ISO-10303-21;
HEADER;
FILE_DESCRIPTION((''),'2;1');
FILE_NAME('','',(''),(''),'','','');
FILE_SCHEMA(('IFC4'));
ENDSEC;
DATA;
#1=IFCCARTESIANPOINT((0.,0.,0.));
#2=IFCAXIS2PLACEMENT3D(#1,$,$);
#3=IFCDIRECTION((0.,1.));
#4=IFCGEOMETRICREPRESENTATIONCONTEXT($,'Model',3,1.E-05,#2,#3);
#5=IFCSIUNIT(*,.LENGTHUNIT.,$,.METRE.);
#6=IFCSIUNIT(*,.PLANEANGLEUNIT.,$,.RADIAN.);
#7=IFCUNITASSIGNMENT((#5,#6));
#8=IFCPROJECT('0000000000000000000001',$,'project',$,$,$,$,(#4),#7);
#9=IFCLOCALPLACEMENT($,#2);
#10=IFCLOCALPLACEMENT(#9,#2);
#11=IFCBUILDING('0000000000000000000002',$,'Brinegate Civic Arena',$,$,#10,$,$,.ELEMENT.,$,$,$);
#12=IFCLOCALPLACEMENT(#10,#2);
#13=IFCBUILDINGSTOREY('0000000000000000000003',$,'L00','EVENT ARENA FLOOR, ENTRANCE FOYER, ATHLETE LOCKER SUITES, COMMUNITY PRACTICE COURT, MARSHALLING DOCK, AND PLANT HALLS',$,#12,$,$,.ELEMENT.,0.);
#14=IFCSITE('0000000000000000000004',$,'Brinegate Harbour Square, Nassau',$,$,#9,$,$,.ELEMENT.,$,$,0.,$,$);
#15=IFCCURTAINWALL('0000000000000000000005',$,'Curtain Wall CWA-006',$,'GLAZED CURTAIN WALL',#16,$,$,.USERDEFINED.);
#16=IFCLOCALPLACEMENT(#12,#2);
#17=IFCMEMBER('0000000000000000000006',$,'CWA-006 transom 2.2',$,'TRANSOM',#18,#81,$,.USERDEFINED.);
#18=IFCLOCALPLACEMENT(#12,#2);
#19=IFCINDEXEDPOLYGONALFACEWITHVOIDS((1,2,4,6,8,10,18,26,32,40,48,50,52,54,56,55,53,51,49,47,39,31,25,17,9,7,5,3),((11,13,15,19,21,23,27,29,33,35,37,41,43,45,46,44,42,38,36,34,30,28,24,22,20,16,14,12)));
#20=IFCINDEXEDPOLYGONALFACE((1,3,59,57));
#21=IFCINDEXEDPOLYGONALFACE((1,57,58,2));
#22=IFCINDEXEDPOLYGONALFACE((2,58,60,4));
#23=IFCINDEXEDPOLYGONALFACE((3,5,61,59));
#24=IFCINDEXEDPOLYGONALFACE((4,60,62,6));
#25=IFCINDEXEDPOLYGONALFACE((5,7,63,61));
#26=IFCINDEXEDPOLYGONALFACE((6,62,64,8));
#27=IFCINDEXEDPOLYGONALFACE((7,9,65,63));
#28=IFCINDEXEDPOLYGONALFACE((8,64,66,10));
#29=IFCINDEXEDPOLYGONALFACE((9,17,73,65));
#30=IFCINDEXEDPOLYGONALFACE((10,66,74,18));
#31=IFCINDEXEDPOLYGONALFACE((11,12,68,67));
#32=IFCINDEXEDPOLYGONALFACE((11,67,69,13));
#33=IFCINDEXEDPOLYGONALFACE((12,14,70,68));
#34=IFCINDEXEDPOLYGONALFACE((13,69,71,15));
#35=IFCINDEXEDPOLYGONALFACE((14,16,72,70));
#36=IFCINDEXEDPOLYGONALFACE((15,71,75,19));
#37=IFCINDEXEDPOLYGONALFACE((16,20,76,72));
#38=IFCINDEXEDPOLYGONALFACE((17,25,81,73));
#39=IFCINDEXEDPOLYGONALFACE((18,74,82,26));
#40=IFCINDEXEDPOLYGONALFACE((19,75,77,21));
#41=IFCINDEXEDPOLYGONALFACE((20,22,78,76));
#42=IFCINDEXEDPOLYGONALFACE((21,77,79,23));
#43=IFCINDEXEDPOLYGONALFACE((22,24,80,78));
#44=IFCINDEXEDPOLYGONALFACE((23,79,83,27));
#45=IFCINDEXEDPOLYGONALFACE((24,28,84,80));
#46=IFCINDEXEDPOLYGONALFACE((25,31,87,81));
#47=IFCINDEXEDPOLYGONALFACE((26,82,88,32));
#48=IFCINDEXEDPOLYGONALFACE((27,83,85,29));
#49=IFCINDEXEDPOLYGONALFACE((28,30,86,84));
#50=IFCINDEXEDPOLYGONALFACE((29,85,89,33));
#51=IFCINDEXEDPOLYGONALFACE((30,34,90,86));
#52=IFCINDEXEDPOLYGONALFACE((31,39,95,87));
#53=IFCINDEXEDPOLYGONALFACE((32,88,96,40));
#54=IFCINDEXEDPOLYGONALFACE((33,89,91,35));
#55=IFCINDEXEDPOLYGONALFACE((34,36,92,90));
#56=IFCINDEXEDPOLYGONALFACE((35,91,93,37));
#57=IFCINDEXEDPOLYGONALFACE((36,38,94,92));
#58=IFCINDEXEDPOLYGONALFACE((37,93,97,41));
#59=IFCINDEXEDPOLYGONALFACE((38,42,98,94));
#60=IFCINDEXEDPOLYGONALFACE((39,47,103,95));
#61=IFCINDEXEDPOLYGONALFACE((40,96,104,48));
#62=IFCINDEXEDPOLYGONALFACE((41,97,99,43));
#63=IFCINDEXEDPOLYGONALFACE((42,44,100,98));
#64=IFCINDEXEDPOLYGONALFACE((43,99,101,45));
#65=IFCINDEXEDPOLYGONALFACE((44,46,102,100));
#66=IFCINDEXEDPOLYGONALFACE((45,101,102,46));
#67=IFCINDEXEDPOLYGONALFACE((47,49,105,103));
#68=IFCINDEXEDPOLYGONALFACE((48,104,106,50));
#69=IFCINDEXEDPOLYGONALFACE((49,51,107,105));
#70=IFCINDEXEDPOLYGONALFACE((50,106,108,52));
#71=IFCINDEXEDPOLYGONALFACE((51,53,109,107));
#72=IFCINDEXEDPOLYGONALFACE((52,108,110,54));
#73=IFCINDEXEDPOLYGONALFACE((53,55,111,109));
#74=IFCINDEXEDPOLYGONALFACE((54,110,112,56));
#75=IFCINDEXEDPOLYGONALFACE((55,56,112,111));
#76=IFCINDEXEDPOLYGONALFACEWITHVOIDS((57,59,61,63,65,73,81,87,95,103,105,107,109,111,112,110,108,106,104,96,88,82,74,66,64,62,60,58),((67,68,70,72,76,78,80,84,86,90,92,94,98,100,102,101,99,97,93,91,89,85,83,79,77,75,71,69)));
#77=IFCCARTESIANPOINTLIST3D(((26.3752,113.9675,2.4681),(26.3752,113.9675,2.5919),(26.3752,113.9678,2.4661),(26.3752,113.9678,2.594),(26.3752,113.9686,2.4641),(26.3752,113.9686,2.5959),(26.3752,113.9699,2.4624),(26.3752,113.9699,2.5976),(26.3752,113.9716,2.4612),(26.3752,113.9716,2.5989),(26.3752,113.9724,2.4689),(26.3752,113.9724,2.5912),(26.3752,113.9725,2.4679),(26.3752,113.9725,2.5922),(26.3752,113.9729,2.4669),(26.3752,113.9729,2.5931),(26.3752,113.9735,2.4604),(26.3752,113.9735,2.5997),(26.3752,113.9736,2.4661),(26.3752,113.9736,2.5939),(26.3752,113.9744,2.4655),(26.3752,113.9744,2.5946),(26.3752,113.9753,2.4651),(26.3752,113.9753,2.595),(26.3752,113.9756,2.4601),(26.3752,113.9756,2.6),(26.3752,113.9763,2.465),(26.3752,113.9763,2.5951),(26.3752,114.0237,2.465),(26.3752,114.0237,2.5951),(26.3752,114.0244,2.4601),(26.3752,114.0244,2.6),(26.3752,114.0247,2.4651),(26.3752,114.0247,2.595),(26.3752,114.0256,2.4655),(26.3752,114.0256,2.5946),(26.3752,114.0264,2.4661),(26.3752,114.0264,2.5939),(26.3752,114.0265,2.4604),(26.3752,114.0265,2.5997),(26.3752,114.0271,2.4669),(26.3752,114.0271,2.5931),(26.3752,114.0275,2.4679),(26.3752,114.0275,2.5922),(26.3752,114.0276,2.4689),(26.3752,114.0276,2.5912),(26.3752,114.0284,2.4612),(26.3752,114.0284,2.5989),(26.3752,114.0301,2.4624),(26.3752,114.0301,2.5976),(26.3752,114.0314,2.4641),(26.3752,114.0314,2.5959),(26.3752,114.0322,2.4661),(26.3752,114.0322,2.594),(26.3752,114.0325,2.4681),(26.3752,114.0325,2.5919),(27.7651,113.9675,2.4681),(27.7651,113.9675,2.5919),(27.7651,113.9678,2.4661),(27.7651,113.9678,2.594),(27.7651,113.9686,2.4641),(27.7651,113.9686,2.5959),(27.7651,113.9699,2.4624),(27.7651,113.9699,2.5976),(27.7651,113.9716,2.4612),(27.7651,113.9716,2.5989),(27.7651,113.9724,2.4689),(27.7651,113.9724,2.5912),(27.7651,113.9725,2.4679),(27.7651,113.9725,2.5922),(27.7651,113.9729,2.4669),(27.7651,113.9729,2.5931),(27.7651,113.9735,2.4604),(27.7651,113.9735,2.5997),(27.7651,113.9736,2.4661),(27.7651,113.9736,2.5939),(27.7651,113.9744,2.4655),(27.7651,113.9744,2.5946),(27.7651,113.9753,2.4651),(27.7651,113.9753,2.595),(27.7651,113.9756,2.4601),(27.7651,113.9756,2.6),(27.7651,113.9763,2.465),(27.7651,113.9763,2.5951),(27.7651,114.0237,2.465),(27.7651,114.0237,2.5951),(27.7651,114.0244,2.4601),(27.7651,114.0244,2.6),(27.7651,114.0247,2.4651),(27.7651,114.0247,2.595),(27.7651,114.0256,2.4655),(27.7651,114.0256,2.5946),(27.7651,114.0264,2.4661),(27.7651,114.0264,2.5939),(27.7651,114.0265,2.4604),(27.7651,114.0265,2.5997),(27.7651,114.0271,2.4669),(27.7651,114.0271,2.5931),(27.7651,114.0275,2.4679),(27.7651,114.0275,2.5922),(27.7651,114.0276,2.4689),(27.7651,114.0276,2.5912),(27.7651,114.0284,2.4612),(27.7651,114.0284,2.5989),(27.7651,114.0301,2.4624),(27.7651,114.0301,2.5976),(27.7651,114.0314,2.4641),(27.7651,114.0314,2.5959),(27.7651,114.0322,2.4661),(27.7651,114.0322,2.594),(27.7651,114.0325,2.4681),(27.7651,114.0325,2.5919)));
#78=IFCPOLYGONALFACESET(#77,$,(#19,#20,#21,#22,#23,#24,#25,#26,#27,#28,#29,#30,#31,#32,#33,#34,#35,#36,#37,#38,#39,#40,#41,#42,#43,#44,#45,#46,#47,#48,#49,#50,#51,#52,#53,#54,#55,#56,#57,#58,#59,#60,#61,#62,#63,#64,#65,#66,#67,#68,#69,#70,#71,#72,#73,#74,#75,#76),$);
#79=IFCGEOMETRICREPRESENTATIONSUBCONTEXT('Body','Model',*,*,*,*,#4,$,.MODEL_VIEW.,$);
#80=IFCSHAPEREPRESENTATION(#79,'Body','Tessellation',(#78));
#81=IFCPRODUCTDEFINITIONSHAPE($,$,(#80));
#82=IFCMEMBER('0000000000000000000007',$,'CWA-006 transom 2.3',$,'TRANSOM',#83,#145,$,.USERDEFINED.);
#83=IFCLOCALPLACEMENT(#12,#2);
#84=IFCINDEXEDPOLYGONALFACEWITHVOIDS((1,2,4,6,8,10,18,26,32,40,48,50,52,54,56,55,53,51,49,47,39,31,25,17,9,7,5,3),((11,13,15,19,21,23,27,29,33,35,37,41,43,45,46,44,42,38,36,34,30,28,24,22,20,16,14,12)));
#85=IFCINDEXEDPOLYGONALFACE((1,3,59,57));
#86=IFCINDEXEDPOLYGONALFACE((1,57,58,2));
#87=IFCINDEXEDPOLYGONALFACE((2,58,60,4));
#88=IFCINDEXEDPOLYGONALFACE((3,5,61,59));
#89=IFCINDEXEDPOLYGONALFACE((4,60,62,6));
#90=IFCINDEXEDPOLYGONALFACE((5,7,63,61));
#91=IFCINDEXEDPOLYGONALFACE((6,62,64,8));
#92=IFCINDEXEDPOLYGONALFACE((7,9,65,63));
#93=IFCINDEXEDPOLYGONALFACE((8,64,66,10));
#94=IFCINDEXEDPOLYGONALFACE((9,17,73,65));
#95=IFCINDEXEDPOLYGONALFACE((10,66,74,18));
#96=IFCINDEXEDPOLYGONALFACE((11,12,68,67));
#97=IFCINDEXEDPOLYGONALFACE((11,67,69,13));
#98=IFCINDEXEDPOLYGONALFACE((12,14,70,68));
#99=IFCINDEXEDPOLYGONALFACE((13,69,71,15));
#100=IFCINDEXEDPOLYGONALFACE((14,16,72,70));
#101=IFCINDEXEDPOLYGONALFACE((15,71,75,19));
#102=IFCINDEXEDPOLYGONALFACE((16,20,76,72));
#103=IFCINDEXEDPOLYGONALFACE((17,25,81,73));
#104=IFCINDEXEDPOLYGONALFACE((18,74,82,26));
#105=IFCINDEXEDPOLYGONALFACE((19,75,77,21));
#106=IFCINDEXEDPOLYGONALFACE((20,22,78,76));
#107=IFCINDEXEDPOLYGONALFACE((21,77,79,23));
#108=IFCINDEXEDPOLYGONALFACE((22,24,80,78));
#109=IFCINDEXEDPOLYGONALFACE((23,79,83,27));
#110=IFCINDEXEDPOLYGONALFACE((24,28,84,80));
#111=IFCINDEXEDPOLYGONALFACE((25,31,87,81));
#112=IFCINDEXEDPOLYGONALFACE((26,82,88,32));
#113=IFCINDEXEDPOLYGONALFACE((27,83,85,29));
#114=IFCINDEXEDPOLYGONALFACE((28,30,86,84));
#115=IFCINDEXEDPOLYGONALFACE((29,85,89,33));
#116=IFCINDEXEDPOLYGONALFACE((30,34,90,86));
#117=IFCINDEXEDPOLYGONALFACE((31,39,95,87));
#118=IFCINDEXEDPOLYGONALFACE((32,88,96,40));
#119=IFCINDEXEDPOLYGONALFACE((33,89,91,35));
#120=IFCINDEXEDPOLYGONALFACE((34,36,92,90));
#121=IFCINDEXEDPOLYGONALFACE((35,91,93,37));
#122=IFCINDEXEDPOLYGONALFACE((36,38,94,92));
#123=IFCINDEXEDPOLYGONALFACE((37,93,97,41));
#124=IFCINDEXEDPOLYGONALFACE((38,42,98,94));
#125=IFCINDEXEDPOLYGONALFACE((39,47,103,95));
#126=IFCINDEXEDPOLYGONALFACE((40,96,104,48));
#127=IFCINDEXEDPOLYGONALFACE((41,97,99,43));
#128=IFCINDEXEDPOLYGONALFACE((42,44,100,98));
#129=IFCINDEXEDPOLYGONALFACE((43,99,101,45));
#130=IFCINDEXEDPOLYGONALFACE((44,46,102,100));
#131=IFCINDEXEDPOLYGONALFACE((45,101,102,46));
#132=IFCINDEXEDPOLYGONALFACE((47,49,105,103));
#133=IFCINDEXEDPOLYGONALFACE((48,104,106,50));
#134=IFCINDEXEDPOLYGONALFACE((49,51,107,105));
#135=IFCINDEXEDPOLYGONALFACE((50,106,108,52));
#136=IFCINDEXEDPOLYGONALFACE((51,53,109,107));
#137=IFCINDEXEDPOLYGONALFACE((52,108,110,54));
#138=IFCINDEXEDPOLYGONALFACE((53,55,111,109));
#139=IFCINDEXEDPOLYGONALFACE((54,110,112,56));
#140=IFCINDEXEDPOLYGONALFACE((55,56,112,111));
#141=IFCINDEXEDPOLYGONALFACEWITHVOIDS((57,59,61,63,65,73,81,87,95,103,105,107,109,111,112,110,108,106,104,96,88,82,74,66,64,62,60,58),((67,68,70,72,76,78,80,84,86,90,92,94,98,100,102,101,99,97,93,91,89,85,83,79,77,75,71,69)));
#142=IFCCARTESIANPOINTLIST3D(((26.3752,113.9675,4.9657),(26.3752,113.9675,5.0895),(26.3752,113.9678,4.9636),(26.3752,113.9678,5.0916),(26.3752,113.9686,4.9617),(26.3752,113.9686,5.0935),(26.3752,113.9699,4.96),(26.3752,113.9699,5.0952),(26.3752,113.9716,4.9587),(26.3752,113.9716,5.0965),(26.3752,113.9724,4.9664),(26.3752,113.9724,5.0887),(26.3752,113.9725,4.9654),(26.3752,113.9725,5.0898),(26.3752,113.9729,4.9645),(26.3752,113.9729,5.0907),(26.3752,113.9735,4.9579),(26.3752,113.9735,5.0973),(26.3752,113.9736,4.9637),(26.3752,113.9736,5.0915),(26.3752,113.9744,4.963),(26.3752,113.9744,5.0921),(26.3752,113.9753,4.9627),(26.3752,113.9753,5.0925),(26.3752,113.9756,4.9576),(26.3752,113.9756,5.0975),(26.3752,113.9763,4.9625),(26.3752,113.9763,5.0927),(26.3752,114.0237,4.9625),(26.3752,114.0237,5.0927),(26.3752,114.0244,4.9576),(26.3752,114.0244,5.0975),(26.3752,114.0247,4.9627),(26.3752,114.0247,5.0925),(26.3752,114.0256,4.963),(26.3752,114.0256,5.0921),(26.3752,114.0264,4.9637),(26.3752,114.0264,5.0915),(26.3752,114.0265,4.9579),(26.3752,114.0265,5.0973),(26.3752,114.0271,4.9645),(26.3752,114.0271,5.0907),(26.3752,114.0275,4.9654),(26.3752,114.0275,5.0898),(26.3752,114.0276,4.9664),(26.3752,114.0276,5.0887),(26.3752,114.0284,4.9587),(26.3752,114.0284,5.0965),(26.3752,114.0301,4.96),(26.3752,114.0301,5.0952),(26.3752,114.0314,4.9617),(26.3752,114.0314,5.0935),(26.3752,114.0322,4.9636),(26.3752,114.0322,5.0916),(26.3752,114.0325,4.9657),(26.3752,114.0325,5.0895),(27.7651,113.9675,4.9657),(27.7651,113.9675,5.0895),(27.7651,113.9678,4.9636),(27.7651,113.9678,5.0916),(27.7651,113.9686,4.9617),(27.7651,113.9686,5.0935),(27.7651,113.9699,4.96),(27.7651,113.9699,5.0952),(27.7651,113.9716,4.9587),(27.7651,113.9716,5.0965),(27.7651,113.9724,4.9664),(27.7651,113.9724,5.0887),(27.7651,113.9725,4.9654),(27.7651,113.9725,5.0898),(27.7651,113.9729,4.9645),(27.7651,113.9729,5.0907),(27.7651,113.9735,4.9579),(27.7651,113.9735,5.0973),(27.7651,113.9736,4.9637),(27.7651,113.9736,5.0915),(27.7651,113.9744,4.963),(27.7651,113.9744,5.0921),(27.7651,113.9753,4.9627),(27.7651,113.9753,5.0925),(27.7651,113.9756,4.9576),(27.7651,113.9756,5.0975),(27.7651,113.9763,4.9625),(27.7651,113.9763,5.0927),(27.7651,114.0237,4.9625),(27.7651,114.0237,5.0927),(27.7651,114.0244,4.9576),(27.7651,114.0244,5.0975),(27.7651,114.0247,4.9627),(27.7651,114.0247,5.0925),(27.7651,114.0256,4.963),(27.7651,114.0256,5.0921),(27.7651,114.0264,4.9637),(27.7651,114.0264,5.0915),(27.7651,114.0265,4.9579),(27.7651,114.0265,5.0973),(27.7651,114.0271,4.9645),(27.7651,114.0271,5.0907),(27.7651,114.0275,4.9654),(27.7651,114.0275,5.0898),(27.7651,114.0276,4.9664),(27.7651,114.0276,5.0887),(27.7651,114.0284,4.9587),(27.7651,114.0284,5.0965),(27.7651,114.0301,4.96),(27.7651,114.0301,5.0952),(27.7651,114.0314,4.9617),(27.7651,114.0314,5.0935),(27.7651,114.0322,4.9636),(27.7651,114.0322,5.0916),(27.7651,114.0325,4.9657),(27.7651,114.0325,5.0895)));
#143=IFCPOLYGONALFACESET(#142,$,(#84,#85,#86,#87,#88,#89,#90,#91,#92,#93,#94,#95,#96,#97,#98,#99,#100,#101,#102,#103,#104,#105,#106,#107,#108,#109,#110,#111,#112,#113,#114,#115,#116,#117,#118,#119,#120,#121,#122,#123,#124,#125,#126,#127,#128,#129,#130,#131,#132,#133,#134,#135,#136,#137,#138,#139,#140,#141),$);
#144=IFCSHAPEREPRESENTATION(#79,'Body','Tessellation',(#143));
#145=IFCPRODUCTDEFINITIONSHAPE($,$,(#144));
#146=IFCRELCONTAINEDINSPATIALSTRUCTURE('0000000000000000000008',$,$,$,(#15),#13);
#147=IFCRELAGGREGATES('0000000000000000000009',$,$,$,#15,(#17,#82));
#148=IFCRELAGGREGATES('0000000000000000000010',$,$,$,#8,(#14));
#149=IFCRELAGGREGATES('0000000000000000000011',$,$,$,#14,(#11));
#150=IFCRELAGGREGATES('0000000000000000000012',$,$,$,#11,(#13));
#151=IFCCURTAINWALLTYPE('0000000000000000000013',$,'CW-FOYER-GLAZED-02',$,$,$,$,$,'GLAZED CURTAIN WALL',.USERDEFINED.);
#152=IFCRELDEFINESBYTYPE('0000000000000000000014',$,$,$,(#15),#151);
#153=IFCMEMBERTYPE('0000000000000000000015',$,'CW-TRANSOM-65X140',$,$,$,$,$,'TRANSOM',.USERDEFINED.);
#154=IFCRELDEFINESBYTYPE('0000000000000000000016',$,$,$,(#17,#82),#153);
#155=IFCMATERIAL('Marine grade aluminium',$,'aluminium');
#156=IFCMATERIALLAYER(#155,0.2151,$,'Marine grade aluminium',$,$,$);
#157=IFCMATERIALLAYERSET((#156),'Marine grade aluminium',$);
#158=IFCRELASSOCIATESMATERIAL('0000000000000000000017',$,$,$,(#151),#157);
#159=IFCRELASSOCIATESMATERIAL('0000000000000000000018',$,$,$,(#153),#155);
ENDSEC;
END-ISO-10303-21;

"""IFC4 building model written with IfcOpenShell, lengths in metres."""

from ifc_helpers import new_model, si_unit, direction, frame, origin, origin_2d, place, context, subcontext, project, spatial, hollow_rectangle, extrude, material, layer, layer_set, material_profile, profile_set, type_object, element, aggregate, save


model = new_model("IFC4")

# Units and contexts
model_context = context("Model", 3, precision=1e-05, world=origin(), true_north=direction((0.0, 1.0)))
body_context = subcontext(model_context, "Body", "Model", "MODEL_VIEW")
ifc_project = project(units=[si_unit("LENGTHUNIT", "METRE"), si_unit("PLANEANGLEUNIT", "RADIAN")], contexts=[model_context])

# Site, building, storey
site_placement = place(None, origin())
site = spatial("IfcSite", under=ifc_project, at=site_placement, Name="Brinegate Harbour Square, Nassau", CompositionType="ELEMENT", RefElevation=0.0)
building_placement = place(site_placement, origin())
building = spatial("IfcBuilding", under=site, at=building_placement, Name="Brinegate Civic Arena", CompositionType="ELEMENT")
storey_placement = place(building_placement, origin())
storey = spatial("IfcBuildingStorey", under=building, at=storey_placement, Name="L00", Description="EVENT ARENA FLOOR, ENTRANCE FOYER, ATHLETE LOCKER SUITES, COMMUNITY PRACTICE COURT, MARSHALLING DOCK, AND PLANT HALLS", CompositionType="ELEMENT", Elevation=0.0)

# Curtain wall, members
ifc_material_1 = material(Name="Marine grade aluminium", Category="aluminium")
ifc_layer_1 = layer(ifc_material_1, 0.2151, Name="Marine grade aluminium")
ifc_layer_set_1 = layer_set([ifc_layer_1], Name="Marine grade aluminium")
curtain_wall_type = type_object("IfcCurtainWallType", Name="CW-FOYER-GLAZED-02", ElementType="GLAZED CURTAIN WALL", PredefinedType="USERDEFINED", material=ifc_layer_set_1)
curtain_wall_placement = place(storey_placement, origin())
curtain_wall = element("IfcCurtainWall", 1, at=curtain_wall_placement, inside=storey, type_object=curtain_wall_type, Name="Curtain Wall CWA-006", ObjectType="GLAZED CURTAIN WALL", PredefinedType="USERDEFINED")
ifc_material_profile_1 = material_profile(ifc_material_1, hollow_rectangle(XDim=0.0649, YDim=0.1399, WallThickness=0.0049, InnerFilletRadius=0.0039, OuterFilletRadius=0.0081, at=origin_2d()), Name="TRN65X140")
ifc_profile_set_1 = profile_set([ifc_material_profile_1], Name="Marine grade aluminium")
member_type_1 = type_object("IfcMemberType", Name="CW-TRANSOM-65X140", ElementType="TRANSOM", PredefinedType="USERDEFINED", material=ifc_profile_set_1)
member_1_placement = place(storey_placement, frame((26.3752, 114.0, 2.53), z_axis=(1.0, 0.0, 0.0), x_axis=(0.0, 1.0, 0.0)))
member_1 = element("IfcMember", 2, at=member_1_placement, type_object=member_type_1, Name="CWA-006 transom 2.2", ObjectType="TRANSOM", PredefinedType="USERDEFINED", context=body_context, shape_type="SweptSolid", body=[
    extrude(hollow_rectangle(XDim=0.0649, YDim=0.1399, WallThickness=0.0049, InnerFilletRadius=0.0039, OuterFilletRadius=0.0081, at=origin_2d()), origin(), (0.0, 0.0, 1.0), 1.3899),
])
member_2_placement = place(storey_placement, frame((26.3752, 114.0, 5.0276), z_axis=(1.0, 0.0, 0.0), x_axis=(0.0, 1.0, 0.0)))
member_2 = element("IfcMember", 3, at=member_2_placement, type_object=member_type_1, Name="CWA-006 transom 2.3", ObjectType="TRANSOM", PredefinedType="USERDEFINED", context=body_context, shape_type="SweptSolid", body=[
    extrude(hollow_rectangle(XDim=0.0649, YDim=0.1399, WallThickness=0.0049, InnerFilletRadius=0.0039, OuterFilletRadius=0.0081, at=origin_2d()), origin(), (0.0, 0.0, 1.0), 1.3899),
])
aggregate(curtain_wall, [member_1, member_2])

save(model, "model.ifc")
